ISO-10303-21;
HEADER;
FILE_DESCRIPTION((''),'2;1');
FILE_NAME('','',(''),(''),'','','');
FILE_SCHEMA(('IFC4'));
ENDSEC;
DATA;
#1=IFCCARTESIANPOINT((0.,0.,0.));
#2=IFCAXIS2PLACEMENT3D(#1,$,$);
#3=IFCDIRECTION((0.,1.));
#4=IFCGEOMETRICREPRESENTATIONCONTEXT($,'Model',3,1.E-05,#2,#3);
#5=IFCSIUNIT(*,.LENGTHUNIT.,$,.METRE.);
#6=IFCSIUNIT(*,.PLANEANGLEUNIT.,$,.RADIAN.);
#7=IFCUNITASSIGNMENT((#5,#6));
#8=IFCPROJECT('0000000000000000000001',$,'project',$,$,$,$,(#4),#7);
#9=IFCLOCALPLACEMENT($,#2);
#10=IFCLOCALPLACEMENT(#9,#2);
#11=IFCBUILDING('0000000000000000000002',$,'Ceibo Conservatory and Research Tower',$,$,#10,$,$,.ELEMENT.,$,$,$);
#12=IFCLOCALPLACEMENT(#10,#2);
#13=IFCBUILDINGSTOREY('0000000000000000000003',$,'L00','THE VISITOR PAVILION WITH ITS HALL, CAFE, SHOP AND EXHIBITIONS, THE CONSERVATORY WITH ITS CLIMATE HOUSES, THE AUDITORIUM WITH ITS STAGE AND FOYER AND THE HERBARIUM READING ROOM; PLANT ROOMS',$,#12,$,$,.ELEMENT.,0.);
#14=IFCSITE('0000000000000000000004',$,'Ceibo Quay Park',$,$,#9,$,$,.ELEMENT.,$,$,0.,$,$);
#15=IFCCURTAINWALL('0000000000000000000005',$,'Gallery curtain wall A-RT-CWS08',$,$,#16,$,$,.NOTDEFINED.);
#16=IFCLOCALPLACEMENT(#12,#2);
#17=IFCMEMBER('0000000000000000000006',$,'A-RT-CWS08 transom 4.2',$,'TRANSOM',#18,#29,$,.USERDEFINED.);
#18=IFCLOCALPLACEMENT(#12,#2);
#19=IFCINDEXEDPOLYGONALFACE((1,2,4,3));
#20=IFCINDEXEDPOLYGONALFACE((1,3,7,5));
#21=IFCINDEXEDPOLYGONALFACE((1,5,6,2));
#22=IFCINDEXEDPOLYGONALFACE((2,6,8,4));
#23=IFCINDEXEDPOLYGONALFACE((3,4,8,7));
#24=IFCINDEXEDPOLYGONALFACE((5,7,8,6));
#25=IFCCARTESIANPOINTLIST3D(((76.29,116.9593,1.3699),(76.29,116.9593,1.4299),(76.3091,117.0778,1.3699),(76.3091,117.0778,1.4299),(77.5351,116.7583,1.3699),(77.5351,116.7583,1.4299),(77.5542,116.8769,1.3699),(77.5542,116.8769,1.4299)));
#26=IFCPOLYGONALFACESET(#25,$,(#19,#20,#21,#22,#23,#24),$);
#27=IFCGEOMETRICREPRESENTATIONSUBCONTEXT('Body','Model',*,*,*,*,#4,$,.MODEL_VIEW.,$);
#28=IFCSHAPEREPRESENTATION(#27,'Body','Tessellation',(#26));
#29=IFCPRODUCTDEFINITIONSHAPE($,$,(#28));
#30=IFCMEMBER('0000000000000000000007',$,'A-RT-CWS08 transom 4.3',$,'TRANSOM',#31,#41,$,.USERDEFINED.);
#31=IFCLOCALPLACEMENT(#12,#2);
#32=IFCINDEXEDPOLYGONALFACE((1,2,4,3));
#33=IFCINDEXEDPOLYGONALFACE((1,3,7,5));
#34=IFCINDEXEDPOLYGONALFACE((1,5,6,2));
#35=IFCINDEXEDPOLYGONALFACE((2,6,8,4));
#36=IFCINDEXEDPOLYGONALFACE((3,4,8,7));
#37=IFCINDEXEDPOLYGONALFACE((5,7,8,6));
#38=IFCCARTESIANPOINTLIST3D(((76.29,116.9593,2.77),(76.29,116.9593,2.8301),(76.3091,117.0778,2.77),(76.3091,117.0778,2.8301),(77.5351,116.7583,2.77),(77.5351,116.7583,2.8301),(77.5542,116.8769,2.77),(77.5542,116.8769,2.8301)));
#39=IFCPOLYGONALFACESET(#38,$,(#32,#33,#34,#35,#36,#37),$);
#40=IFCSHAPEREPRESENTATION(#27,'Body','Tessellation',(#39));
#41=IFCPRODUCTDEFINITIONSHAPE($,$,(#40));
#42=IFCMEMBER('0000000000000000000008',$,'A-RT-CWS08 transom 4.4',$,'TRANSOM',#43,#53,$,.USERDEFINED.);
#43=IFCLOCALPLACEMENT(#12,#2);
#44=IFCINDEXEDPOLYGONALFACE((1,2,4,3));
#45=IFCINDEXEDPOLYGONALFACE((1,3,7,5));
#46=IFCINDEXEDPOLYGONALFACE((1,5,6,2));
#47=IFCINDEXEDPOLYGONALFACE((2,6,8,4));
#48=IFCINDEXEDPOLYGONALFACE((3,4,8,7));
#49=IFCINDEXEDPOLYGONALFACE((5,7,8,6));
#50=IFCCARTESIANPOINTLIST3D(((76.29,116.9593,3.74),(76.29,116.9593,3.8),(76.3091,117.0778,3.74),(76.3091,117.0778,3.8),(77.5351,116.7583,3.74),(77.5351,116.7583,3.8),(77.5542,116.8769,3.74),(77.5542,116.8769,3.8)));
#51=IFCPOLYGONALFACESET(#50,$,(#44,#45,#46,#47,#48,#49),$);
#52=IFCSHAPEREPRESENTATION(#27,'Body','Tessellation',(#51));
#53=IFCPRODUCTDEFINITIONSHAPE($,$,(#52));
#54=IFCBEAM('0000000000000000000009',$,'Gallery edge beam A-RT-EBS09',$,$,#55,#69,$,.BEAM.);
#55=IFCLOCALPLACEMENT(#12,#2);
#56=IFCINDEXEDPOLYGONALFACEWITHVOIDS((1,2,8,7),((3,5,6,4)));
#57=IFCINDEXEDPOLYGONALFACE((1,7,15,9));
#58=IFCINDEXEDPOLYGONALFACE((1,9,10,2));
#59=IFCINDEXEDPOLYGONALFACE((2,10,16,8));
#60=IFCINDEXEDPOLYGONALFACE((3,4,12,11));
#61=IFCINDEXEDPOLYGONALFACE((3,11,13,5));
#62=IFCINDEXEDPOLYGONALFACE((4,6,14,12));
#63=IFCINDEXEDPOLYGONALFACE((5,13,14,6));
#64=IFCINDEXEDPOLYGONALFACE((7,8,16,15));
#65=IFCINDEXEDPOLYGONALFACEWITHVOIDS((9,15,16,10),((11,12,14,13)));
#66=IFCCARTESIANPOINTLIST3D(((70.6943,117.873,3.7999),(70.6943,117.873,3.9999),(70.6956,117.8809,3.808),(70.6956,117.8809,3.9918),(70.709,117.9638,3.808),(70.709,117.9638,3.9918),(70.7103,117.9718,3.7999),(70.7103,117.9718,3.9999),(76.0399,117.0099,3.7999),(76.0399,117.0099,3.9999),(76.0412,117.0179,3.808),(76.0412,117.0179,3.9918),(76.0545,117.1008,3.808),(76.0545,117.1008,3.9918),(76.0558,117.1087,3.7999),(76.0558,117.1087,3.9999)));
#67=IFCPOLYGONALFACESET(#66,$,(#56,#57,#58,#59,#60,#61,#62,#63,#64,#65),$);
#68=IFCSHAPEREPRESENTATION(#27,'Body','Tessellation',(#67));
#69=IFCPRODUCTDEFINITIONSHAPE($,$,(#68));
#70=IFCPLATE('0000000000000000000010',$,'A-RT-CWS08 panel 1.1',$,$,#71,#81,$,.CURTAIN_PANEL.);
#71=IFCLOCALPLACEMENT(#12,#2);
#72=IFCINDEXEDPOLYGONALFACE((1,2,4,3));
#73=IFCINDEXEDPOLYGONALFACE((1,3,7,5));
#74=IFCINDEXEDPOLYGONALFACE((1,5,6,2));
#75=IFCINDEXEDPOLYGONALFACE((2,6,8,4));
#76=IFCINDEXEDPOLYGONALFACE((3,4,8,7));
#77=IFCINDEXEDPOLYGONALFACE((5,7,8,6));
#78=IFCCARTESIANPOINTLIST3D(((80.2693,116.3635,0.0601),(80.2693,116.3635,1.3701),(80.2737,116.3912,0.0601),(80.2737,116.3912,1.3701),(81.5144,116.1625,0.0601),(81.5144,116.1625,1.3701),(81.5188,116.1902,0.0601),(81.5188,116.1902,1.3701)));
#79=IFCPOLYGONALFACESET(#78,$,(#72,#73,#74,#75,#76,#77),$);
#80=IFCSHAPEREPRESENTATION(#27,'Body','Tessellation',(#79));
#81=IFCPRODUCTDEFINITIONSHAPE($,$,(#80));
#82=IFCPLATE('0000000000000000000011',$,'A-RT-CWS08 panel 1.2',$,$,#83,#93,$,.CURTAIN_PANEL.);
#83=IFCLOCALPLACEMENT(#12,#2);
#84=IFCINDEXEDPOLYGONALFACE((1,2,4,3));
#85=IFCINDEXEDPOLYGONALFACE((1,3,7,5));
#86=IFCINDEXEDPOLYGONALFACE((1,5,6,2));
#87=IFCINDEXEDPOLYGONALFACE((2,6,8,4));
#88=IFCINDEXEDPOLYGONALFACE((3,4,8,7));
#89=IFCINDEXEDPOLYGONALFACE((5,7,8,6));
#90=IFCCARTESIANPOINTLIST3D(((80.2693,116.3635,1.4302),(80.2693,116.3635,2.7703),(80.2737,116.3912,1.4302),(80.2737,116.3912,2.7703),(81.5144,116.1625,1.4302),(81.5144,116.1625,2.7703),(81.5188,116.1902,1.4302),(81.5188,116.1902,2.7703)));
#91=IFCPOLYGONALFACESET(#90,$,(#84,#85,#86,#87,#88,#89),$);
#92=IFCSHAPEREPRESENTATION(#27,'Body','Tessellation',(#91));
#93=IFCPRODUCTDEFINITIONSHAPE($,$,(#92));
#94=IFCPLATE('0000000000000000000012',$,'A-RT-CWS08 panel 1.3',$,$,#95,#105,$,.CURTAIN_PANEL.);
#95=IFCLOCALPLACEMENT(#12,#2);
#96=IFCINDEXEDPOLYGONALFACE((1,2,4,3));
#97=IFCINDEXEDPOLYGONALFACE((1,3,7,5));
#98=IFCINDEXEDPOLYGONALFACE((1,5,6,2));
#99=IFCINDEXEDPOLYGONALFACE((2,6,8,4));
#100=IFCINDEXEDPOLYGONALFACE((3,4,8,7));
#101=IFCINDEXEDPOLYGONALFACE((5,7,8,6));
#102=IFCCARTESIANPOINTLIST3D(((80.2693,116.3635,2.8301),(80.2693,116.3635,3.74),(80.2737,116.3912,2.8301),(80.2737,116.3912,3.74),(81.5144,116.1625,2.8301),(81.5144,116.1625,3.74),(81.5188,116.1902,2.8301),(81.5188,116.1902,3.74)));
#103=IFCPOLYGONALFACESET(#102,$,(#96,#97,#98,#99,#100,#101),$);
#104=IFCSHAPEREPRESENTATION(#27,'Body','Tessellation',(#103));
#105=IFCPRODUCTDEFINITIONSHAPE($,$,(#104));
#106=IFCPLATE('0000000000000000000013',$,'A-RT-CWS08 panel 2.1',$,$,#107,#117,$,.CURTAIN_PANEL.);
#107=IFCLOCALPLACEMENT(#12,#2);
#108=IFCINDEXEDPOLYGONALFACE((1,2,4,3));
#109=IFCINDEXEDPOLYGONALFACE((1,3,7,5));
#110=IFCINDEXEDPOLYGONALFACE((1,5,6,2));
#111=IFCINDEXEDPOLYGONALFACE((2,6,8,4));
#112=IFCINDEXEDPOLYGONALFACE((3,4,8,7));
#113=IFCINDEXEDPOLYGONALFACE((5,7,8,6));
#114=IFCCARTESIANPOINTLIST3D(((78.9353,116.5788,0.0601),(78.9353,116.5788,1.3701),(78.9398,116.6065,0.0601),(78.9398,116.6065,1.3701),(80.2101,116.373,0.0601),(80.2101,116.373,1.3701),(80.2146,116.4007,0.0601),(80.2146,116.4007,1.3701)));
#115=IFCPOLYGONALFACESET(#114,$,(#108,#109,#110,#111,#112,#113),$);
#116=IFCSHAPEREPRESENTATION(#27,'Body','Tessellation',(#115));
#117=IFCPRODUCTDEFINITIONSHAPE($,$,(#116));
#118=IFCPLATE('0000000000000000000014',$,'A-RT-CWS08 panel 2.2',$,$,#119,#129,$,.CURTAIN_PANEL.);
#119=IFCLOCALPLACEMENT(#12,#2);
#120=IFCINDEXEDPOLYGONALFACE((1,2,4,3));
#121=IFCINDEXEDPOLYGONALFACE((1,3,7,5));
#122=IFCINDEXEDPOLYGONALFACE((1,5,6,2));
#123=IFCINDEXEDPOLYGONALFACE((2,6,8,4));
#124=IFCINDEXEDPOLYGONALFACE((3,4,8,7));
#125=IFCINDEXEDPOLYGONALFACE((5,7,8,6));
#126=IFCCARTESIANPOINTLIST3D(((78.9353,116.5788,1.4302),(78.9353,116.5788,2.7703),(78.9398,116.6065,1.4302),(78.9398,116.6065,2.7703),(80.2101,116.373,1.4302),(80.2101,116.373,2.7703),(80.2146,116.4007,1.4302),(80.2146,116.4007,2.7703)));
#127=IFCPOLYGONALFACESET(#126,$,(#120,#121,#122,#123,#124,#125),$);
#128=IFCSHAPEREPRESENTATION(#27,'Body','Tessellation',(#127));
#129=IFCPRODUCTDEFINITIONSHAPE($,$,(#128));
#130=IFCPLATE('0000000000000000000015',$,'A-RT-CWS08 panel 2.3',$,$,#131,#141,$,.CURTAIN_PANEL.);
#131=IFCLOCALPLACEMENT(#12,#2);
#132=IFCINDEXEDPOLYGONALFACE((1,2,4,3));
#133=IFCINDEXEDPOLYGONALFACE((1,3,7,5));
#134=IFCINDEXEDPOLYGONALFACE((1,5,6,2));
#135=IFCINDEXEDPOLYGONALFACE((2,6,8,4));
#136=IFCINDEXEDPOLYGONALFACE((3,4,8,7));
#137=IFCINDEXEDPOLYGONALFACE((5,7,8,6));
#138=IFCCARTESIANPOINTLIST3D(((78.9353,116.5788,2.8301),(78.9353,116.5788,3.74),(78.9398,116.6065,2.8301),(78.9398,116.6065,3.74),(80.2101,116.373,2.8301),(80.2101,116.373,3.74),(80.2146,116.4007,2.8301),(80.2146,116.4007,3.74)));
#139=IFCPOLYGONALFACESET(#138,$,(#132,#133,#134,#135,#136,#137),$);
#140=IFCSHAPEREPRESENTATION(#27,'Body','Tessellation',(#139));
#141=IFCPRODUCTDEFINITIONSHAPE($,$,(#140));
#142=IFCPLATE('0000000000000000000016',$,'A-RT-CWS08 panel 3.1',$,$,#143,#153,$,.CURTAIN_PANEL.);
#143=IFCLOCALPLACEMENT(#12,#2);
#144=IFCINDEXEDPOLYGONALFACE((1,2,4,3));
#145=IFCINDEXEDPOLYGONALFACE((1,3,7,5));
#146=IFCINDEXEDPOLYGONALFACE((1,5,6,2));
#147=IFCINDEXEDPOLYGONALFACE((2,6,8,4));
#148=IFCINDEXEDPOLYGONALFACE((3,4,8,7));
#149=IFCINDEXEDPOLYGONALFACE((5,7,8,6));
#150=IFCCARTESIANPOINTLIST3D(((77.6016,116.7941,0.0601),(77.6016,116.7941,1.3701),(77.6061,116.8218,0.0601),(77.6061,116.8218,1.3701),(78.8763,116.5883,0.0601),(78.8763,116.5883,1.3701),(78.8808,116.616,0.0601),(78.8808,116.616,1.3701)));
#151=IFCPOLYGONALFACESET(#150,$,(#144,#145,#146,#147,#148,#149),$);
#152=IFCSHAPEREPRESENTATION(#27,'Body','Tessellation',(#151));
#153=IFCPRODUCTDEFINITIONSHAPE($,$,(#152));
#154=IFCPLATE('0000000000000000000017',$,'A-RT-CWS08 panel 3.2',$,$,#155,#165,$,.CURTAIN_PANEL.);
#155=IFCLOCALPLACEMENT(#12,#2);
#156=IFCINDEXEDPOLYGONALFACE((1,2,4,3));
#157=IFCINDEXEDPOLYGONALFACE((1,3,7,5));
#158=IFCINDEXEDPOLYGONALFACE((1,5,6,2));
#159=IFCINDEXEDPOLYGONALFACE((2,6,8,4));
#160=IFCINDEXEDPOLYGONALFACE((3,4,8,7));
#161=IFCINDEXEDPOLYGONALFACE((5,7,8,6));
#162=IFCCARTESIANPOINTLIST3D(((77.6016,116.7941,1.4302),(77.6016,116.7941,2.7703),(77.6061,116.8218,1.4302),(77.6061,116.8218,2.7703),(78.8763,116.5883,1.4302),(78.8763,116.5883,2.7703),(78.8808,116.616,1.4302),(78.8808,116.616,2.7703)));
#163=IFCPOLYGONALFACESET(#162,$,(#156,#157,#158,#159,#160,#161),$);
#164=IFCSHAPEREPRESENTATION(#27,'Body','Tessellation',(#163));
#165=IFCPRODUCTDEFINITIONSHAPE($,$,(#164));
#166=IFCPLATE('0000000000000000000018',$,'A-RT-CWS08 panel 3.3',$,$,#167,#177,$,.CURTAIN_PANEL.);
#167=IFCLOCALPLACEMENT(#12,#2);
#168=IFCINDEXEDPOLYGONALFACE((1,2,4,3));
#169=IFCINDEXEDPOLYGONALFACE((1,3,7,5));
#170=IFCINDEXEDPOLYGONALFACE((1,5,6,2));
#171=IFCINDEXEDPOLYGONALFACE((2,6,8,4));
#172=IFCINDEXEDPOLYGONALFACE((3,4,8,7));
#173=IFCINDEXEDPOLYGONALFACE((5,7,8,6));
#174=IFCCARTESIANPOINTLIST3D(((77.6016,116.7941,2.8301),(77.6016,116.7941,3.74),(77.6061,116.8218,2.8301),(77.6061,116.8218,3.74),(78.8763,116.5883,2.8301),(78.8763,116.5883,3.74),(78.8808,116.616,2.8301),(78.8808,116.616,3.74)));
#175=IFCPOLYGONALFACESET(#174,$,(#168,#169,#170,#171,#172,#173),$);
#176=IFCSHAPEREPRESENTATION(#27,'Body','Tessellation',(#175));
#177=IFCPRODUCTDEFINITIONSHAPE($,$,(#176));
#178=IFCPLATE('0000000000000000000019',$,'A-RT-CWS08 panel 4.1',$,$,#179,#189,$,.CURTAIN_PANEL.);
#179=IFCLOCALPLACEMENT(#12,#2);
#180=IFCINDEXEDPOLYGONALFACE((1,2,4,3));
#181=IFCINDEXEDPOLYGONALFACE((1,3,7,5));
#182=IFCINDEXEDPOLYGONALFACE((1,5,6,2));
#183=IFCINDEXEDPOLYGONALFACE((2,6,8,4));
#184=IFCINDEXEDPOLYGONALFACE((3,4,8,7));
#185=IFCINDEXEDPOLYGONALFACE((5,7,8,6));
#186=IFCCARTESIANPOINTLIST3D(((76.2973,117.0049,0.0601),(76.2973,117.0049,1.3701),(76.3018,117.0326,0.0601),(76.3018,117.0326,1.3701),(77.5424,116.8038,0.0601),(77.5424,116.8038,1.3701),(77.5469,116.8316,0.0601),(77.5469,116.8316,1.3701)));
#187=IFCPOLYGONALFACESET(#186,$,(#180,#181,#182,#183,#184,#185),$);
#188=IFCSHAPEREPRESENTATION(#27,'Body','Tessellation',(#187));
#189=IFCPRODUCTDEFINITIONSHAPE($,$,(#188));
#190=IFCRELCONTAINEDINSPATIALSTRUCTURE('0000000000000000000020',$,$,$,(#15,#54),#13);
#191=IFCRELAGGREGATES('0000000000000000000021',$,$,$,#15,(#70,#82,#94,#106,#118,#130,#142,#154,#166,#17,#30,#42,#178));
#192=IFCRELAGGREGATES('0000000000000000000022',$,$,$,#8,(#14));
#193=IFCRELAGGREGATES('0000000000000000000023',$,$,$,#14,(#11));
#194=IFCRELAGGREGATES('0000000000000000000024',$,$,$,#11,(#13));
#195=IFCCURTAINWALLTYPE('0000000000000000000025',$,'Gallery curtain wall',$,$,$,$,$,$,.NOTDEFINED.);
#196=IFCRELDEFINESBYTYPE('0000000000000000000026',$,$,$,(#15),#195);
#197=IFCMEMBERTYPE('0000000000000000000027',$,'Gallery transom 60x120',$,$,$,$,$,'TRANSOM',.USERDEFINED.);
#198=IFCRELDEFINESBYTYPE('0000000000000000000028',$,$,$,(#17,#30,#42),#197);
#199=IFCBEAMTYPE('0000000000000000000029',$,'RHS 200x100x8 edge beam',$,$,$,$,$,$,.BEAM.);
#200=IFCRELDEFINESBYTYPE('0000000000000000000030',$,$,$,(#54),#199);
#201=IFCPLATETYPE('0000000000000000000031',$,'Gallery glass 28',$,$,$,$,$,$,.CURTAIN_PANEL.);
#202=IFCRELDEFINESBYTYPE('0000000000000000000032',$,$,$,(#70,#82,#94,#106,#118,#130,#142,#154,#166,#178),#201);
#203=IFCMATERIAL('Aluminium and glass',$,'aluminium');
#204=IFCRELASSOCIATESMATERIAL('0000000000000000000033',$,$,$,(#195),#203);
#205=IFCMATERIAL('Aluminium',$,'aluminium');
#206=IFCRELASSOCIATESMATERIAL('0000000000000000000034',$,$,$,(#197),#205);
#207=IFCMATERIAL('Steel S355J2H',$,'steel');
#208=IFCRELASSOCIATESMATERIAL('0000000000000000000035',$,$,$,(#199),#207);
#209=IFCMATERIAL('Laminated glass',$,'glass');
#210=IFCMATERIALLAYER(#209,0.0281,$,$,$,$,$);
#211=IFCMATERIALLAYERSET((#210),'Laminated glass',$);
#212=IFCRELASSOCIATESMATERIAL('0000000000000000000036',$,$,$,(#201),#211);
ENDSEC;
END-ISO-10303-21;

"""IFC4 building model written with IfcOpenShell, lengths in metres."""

from ifc_helpers import new_model, si_unit, direction, frame, origin, origin_2d, place, context, subcontext, project, spatial, rectangle, hollow_rectangle, extrude, material, layer, layer_set, material_profile, profile_set, type_object, element, aggregate, save


model = new_model("IFC4")

# Units and contexts
model_context = context("Model", 3, precision=1e-05, world=origin(), true_north=direction((0.0, 1.0)))
body_context = subcontext(model_context, "Body", "Model", "MODEL_VIEW")
ifc_project = project(units=[si_unit("LENGTHUNIT", "METRE"), si_unit("PLANEANGLEUNIT", "RADIAN")], contexts=[model_context])

# Site, building, storey
site_placement = place(None, origin())
site = spatial("IfcSite", under=ifc_project, at=site_placement, Name="Ceibo Quay Park", CompositionType="ELEMENT", RefElevation=0.0)
building_placement = place(site_placement, origin())
building = spatial("IfcBuilding", under=site, at=building_placement, Name="Ceibo Conservatory and Research Tower", CompositionType="ELEMENT")
storey_placement = place(building_placement, origin())
storey = spatial("IfcBuildingStorey", under=building, at=storey_placement, Name="L00", Description="THE VISITOR PAVILION WITH ITS HALL, CAFE, SHOP AND EXHIBITIONS, THE CONSERVATORY WITH ITS CLIMATE HOUSES, THE AUDITORIUM WITH ITS STAGE AND FOYER AND THE HERBARIUM READING ROOM; PLANT ROOMS", CompositionType="ELEMENT", Elevation=0.0)

# Shared definitions
ifc_material_1 = material(Name="Steel S355J2H", Category="steel")

# Curtain wall, members
ifc_material_2 = material(Name="Aluminium and glass", Category="aluminium")
curtain_wall_type = type_object("IfcCurtainWallType", Name="Gallery curtain wall", PredefinedType="NOTDEFINED", material=ifc_material_2)
curtain_wall_placement = place(storey_placement, origin())
curtain_wall = element("IfcCurtainWall", 1, at=curtain_wall_placement, inside=storey, type_object=curtain_wall_type, Name="Gallery curtain wall A-RT-CWS08", PredefinedType="NOTDEFINED")
ifc_material_3 = material(Name="Aluminium", Category="aluminium")
ifc_material_profile_1 = material_profile(ifc_material_3, rectangle(XDim=0.1201, YDim=0.0601, at=origin_2d()), Name="AL 60x120")
ifc_profile_set_1 = profile_set([ifc_material_profile_1], Name="Aluminium")
member_type_1 = type_object("IfcMemberType", Name="Gallery transom 60x120", ElementType="TRANSOM", PredefinedType="USERDEFINED", material=ifc_profile_set_1)
member_1_placement = place(storey_placement, frame((77.5447, 116.8176, 1.3999), z_axis=(-0.987228, 0.159312, 0.0), x_axis=(-0.159312, -0.987228, 0.0)))
member_1 = element("IfcMember", 2, at=member_1_placement, type_object=member_type_1, Name="A-RT-CWS08 transom 4.2", ObjectType="TRANSOM", PredefinedType="USERDEFINED", context=body_context, shape_type="SweptSolid", body=[
    extrude(rectangle(XDim=0.1201, YDim=0.0601, at=origin_2d()), origin(), (0.0, 0.0, 1.0), 1.2612),
])
member_2_placement = place(storey_placement, frame((77.5447, 116.8176, 2.8), z_axis=(-0.987228, 0.159312, 0.0), x_axis=(-0.159312, -0.987228, 0.0)))
member_2 = element("IfcMember", 3, at=member_2_placement, type_object=member_type_1, Name="A-RT-CWS08 transom 4.3", ObjectType="TRANSOM", PredefinedType="USERDEFINED", context=body_context, shape_type="SweptSolid", body=[
    extrude(rectangle(XDim=0.1201, YDim=0.0601, at=origin_2d()), origin(), (0.0, 0.0, 1.0), 1.2612),
])
member_3_placement = place(storey_placement, frame((77.5447, 116.8176, 3.77), z_axis=(-0.987228, 0.159312, 0.0), x_axis=(-0.159312, -0.987228, 0.0)))
member_3 = element("IfcMember", 4, at=member_3_placement, type_object=member_type_1, Name="A-RT-CWS08 transom 4.4", ObjectType="TRANSOM", PredefinedType="USERDEFINED", context=body_context, shape_type="SweptSolid", body=[
    extrude(rectangle(XDim=0.1201, YDim=0.0601, at=origin_2d()), origin(), (0.0, 0.0, 1.0), 1.2612),
])

# Beam
ifc_material_profile_2 = material_profile(ifc_material_1, hollow_rectangle(XDim=0.1001, YDim=0.2, WallThickness=0.0081, at=origin_2d()), Name="RHS 200x100x8 edge beam")
ifc_profile_set_2 = profile_set([ifc_material_profile_2], Name="Steel S355J2H")
beam_type = type_object("IfcBeamType", Name="RHS 200x100x8 edge beam", PredefinedType="BEAM", material=ifc_profile_set_2)
beam_placement = place(storey_placement, frame((76.0479, 117.0593, 3.8999), z_axis=(-0.987216, 0.159388, 0.0), x_axis=(-0.159388, -0.987216, 0.0)))
element("IfcBeam", 5, at=beam_placement, inside=storey, type_object=beam_type, Name="Gallery edge beam A-RT-EBS09", PredefinedType="BEAM", context=body_context, shape_type="SweptSolid", body=[
    extrude(hollow_rectangle(XDim=0.1001, YDim=0.2, WallThickness=0.0081, at=origin_2d()), origin(), (0.0, 0.0, 1.0), 5.4148),
])

# Plates
ifc_material_4 = material(Name="Laminated glass", Category="glass")
ifc_layer = layer(ifc_material_4, 0.0281)
ifc_layer_set = layer_set([ifc_layer], Name="Laminated glass")
plate_type = type_object("IfcPlateType", Name="Gallery glass 28", PredefinedType="CURTAIN_PANEL", material=ifc_layer_set)
plate_1_placement = place(storey_placement, frame((80.894, 116.2769, 0.0601), z_axis=(0.0, 0.0, 1.0), x_axis=(-0.987216, 0.159391, 0.0)))
plate_1 = element("IfcPlate", 6, at=plate_1_placement, type_object=plate_type, Name="A-RT-CWS08 panel 1.1", PredefinedType="CURTAIN_PANEL", context=body_context, shape_type="SweptSolid", body=[
    extrude(rectangle(XDim=1.2612, YDim=0.0281, at=origin_2d()), origin(), (0.0, 0.0, 1.0), 1.3101),
])
plate_2_placement = place(storey_placement, frame((80.894, 116.2769, 1.4302), z_axis=(0.0, 0.0, 1.0), x_axis=(-0.987216, 0.159391, 0.0)))
plate_2 = element("IfcPlate", 7, at=plate_2_placement, type_object=plate_type, Name="A-RT-CWS08 panel 1.2", PredefinedType="CURTAIN_PANEL", context=body_context, shape_type="SweptSolid", body=[
    extrude(rectangle(XDim=1.2612, YDim=0.0281, at=origin_2d()), origin(), (0.0, 0.0, 1.0), 1.3401),
])
plate_3_placement = place(storey_placement, frame((80.894, 116.2769, 2.8301), z_axis=(0.0, 0.0, 1.0), x_axis=(-0.987216, 0.159391, 0.0)))
plate_3 = element("IfcPlate", 8, at=plate_3_placement, type_object=plate_type, Name="A-RT-CWS08 panel 1.3", PredefinedType="CURTAIN_PANEL", context=body_context, shape_type="SweptSolid", body=[
    extrude(rectangle(XDim=1.2612, YDim=0.0281, at=origin_2d()), origin(), (0.0, 0.0, 1.0), 0.9099),
])
plate_4_placement = place(storey_placement, frame((79.575, 116.4897, 0.0601), z_axis=(0.0, 0.0, 1.0), x_axis=(-0.987216, 0.159391, 0.0)))
plate_4 = element("IfcPlate", 9, at=plate_4_placement, type_object=plate_type, Name="A-RT-CWS08 panel 2.1", PredefinedType="CURTAIN_PANEL", context=body_context, shape_type="SweptSolid", body=[
    extrude(rectangle(XDim=1.2913, YDim=0.0281, at=origin_2d()), origin(), (0.0, 0.0, 1.0), 1.3101),
])
plate_5_placement = place(storey_placement, frame((79.575, 116.4897, 1.4302), z_axis=(0.0, 0.0, 1.0), x_axis=(-0.987216, 0.159391, 0.0)))
plate_5 = element("IfcPlate", 10, at=plate_5_placement, type_object=plate_type, Name="A-RT-CWS08 panel 2.2", PredefinedType="CURTAIN_PANEL", context=body_context, shape_type="SweptSolid", body=[
    extrude(rectangle(XDim=1.2913, YDim=0.0281, at=origin_2d()), origin(), (0.0, 0.0, 1.0), 1.3401),
])
plate_6_placement = place(storey_placement, frame((79.575, 116.4897, 2.8301), z_axis=(0.0, 0.0, 1.0), x_axis=(-0.987216, 0.159391, 0.0)))
plate_6 = element("IfcPlate", 11, at=plate_6_placement, type_object=plate_type, Name="A-RT-CWS08 panel 2.3", PredefinedType="CURTAIN_PANEL", context=body_context, shape_type="SweptSolid", body=[
    extrude(rectangle(XDim=1.2913, YDim=0.0281, at=origin_2d()), origin(), (0.0, 0.0, 1.0), 0.9099),
])
plate_7_placement = place(storey_placement, frame((78.2412, 116.7051, 0.0601), z_axis=(0.0, 0.0, 1.0), x_axis=(-0.987216, 0.159391, 0.0)))
plate_7 = element("IfcPlate", 12, at=plate_7_placement, type_object=plate_type, Name="A-RT-CWS08 panel 3.1", PredefinedType="CURTAIN_PANEL", context=body_context, shape_type="SweptSolid", body=[
    extrude(rectangle(XDim=1.2913, YDim=0.0281, at=origin_2d()), origin(), (0.0, 0.0, 1.0), 1.3101),
])
plate_8_placement = place(storey_placement, frame((78.2412, 116.7051, 1.4302), z_axis=(0.0, 0.0, 1.0), x_axis=(-0.987216, 0.159391, 0.0)))
plate_8 = element("IfcPlate", 13, at=plate_8_placement, type_object=plate_type, Name="A-RT-CWS08 panel 3.2", PredefinedType="CURTAIN_PANEL", context=body_context, shape_type="SweptSolid", body=[
    extrude(rectangle(XDim=1.2913, YDim=0.0281, at=origin_2d()), origin(), (0.0, 0.0, 1.0), 1.3401),
])
plate_9_placement = place(storey_placement, frame((78.2412, 116.7051, 2.8301), z_axis=(0.0, 0.0, 1.0), x_axis=(-0.987216, 0.159391, 0.0)))
plate_9 = element("IfcPlate", 14, at=plate_9_placement, type_object=plate_type, Name="A-RT-CWS08 panel 3.3", PredefinedType="CURTAIN_PANEL", context=body_context, shape_type="SweptSolid", body=[
    extrude(rectangle(XDim=1.2913, YDim=0.0281, at=origin_2d()), origin(), (0.0, 0.0, 1.0), 0.9099),
])
plate_10_placement = place(storey_placement, frame((76.9221, 116.9182, 0.0601), z_axis=(0.0, 0.0, 1.0), x_axis=(-0.987216, 0.159391, 0.0)))
plate_10 = element("IfcPlate", 15, at=plate_10_placement, type_object=plate_type, Name="A-RT-CWS08 panel 4.1", PredefinedType="CURTAIN_PANEL", context=body_context, shape_type="SweptSolid", body=[
    extrude(rectangle(XDim=1.2612, YDim=0.0281, at=origin_2d()), origin(), (0.0, 0.0, 1.0), 1.3101),
])
aggregate(curtain_wall, [plate_1, plate_2, plate_3, plate_4, plate_5, plate_6, plate_7, plate_8, plate_9, member_1, member_2, member_3, plate_10])

save(model, "model.ifc")
